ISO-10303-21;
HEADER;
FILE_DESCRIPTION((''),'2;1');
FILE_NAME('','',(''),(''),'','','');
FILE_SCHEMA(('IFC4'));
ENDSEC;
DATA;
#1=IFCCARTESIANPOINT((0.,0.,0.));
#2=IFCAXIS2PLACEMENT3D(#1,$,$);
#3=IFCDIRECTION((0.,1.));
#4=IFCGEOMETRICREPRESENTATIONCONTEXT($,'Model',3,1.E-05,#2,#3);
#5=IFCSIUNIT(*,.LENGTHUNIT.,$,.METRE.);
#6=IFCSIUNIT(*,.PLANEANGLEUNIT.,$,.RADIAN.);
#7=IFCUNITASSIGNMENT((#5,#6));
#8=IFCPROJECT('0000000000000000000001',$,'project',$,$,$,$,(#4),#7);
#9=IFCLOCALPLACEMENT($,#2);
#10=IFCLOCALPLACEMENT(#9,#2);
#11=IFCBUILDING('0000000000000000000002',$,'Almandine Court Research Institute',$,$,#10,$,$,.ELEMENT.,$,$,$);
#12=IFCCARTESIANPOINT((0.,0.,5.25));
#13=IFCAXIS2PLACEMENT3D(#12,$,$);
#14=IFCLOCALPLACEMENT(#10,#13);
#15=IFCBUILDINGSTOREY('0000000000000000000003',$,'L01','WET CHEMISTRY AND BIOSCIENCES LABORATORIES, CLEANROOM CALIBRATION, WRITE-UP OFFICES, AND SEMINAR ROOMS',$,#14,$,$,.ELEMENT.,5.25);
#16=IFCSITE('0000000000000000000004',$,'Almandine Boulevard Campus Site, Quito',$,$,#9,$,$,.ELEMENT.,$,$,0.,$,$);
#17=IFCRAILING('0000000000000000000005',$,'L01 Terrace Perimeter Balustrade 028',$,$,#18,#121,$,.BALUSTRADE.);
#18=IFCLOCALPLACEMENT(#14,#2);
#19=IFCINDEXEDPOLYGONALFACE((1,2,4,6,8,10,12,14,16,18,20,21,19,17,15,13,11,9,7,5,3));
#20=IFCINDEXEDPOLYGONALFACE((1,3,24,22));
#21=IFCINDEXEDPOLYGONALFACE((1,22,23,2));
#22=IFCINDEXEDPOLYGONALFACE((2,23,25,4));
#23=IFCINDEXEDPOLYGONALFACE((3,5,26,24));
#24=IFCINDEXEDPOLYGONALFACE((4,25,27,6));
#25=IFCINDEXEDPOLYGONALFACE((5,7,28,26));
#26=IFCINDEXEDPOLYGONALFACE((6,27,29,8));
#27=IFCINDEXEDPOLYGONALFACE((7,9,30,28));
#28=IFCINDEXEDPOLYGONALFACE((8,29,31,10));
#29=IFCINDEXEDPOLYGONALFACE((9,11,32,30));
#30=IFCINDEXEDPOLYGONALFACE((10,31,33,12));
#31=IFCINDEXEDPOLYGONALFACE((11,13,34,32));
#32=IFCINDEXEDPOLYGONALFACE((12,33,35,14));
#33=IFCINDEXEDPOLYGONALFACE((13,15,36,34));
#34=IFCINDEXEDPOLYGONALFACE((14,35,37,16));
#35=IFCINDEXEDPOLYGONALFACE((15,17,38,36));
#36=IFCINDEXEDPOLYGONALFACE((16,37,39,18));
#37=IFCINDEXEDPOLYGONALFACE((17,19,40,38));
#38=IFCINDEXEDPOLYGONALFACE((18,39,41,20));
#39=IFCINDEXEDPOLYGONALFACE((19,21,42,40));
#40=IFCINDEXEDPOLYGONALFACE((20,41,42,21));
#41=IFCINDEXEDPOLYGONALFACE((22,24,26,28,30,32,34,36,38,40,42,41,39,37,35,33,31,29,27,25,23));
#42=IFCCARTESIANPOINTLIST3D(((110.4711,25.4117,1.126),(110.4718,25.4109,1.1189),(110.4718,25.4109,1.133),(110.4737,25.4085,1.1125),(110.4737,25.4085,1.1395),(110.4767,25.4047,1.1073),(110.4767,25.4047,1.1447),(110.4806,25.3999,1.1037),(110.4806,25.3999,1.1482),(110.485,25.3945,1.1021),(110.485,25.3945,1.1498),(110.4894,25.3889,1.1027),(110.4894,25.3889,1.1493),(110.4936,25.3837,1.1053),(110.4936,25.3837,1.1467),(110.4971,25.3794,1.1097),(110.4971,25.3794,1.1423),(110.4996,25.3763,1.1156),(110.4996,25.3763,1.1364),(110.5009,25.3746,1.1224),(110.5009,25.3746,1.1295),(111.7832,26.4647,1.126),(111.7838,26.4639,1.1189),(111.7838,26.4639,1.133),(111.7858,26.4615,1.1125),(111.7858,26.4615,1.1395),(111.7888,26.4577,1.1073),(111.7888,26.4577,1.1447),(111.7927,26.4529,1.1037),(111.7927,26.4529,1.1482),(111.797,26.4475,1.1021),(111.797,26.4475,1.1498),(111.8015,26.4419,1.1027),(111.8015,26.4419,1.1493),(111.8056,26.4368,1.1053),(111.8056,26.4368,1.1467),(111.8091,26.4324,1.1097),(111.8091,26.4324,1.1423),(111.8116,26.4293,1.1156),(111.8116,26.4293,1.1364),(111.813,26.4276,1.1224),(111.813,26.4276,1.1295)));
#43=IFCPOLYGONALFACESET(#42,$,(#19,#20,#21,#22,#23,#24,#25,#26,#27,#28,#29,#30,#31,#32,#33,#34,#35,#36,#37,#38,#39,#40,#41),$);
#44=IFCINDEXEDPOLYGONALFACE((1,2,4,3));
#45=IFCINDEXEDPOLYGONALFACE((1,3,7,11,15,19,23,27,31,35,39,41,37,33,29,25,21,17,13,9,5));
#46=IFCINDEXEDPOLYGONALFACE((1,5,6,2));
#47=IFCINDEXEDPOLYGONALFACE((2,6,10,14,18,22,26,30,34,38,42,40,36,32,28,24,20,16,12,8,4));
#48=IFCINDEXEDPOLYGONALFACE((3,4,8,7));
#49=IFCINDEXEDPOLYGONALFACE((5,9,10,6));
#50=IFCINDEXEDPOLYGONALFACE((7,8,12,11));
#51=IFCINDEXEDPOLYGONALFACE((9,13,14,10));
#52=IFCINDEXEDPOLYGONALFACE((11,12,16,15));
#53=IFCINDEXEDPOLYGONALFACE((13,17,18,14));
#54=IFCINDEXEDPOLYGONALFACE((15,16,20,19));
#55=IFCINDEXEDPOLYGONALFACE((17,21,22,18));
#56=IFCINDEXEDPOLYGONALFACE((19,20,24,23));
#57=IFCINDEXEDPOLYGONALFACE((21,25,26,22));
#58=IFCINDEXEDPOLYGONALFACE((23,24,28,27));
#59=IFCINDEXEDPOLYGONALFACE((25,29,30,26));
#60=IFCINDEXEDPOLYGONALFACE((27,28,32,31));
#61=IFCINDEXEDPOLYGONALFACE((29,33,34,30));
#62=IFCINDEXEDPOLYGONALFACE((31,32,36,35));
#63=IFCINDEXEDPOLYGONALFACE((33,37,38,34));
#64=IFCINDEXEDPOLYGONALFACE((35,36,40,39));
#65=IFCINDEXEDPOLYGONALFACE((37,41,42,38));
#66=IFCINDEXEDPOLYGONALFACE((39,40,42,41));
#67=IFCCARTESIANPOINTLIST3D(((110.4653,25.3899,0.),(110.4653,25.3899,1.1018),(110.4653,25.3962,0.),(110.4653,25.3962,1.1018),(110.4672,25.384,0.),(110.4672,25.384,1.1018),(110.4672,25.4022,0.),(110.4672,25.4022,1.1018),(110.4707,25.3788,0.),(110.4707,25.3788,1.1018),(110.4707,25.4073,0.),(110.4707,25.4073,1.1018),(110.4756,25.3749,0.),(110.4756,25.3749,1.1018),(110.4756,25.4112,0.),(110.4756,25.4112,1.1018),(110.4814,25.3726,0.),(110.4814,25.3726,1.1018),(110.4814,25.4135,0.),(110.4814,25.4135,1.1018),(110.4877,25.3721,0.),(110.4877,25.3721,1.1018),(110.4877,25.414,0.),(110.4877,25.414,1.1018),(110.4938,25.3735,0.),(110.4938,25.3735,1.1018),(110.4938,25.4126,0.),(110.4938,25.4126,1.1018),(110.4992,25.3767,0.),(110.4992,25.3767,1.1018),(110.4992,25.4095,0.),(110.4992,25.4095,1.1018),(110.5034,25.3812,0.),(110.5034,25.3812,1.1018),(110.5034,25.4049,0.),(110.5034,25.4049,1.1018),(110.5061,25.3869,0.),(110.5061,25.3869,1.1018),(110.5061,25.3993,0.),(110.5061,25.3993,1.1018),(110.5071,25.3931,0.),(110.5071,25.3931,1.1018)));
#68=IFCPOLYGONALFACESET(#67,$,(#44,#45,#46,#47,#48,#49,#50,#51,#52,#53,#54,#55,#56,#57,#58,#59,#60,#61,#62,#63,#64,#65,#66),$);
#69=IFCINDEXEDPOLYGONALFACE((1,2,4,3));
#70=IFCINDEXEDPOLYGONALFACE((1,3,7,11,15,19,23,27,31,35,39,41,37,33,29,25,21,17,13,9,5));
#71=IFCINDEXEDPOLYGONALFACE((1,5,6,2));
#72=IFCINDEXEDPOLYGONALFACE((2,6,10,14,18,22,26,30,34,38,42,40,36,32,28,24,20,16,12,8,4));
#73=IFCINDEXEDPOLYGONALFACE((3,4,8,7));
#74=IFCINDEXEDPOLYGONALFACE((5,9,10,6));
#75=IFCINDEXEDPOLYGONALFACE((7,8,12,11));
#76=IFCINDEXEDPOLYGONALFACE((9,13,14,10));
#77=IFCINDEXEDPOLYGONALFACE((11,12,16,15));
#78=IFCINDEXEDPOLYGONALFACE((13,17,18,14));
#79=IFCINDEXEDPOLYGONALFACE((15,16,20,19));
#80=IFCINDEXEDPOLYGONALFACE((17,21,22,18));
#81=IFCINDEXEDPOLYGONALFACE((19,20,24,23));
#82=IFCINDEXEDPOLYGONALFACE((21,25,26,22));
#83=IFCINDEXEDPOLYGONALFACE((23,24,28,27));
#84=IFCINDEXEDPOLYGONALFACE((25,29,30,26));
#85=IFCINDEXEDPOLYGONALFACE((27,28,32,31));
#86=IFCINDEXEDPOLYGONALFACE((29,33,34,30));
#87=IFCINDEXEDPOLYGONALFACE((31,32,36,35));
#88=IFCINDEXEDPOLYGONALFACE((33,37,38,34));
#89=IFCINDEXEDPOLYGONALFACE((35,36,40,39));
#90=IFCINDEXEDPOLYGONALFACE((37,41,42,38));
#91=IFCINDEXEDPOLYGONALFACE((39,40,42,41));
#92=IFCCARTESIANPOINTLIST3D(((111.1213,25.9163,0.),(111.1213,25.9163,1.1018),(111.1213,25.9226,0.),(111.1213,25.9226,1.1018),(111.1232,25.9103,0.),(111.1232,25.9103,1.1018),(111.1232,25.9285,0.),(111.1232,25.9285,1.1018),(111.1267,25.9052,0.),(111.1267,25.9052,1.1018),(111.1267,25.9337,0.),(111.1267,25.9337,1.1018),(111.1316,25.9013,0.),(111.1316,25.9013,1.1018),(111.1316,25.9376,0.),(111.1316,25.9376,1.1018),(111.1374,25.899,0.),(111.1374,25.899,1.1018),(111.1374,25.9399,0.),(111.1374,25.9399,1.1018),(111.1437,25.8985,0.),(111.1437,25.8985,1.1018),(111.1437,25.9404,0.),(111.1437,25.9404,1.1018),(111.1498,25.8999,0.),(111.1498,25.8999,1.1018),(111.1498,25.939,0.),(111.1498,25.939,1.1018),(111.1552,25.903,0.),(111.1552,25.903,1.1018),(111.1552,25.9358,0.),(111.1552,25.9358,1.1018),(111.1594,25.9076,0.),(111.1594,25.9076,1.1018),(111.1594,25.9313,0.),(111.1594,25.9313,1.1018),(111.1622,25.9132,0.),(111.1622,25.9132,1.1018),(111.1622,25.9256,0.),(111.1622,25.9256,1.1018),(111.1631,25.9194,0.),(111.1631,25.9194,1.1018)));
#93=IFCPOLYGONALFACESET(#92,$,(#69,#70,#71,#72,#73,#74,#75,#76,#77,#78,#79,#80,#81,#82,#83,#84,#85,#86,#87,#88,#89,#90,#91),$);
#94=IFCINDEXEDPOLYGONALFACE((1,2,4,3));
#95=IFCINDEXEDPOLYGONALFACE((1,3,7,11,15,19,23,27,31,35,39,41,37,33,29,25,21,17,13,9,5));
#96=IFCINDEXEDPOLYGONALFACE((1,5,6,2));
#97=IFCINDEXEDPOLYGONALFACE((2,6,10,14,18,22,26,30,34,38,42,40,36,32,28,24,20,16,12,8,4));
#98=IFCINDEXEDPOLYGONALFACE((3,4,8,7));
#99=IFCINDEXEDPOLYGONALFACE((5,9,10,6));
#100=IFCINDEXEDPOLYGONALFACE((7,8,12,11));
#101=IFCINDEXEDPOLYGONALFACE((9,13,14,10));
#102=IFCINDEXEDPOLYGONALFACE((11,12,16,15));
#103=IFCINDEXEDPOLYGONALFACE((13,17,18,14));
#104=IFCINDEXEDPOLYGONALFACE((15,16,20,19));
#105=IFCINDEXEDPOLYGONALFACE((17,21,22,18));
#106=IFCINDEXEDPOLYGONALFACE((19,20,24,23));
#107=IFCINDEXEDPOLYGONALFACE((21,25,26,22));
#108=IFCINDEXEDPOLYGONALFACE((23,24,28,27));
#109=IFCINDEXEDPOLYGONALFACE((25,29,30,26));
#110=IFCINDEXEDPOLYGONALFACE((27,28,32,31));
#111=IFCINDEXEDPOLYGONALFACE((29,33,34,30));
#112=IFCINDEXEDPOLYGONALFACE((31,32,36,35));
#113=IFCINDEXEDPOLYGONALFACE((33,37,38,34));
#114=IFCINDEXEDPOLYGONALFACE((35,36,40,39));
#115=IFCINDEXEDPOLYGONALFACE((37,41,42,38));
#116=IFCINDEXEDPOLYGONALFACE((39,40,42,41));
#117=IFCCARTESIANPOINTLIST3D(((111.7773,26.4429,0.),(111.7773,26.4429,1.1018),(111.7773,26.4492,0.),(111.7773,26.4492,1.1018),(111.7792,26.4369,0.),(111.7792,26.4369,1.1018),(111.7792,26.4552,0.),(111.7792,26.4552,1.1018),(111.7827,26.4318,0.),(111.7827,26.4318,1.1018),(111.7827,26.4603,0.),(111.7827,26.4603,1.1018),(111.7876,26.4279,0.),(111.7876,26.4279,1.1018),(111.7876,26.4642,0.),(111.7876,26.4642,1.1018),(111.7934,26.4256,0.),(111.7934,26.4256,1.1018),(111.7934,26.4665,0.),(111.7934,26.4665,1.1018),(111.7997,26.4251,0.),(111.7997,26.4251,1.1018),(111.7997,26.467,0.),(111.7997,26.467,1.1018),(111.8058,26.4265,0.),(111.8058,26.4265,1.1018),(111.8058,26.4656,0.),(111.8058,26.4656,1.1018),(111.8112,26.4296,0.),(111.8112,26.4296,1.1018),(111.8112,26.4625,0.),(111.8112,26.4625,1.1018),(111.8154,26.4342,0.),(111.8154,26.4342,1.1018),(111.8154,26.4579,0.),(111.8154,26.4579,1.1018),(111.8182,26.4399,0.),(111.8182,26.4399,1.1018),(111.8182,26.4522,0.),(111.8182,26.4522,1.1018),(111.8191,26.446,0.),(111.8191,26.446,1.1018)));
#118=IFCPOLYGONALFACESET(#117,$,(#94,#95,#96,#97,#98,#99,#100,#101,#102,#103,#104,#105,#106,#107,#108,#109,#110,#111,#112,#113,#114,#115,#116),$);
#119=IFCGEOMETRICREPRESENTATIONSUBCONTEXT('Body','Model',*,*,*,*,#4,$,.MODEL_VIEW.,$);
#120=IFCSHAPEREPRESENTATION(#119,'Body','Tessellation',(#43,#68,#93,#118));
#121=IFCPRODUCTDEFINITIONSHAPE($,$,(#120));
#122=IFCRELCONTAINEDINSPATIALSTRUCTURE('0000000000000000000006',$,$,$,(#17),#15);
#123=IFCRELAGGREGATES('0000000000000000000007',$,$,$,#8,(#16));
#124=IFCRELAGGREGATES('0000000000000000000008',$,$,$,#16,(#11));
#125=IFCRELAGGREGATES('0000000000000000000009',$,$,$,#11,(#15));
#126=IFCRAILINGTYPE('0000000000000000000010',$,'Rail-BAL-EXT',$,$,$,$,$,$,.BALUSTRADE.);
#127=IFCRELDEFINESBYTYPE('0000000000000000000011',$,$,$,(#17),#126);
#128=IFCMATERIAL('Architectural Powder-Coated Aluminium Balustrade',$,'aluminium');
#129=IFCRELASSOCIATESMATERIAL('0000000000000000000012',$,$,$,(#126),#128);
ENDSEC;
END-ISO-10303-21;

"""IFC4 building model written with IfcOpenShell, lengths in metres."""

from ifc_helpers import new_model, si_unit, direction, frame, origin, origin_2d, place, context, subcontext, project, spatial, circle, extrude, material, type_object, element, save


model = new_model("IFC4")

# Units and contexts
model_context = context("Model", 3, precision=1e-05, world=origin(), true_north=direction((0.0, 1.0)))
body_context = subcontext(model_context, "Body", "Model", "MODEL_VIEW")
ifc_project = project(units=[si_unit("LENGTHUNIT", "METRE"), si_unit("PLANEANGLEUNIT", "RADIAN")], contexts=[model_context])

# Site, building, storey
site_placement = place(None, origin())
site = spatial("IfcSite", under=ifc_project, at=site_placement, Name="Almandine Boulevard Campus Site, Quito", CompositionType="ELEMENT", RefElevation=0.0)
building_placement = place(site_placement, origin())
building = spatial("IfcBuilding", under=site, at=building_placement, Name="Almandine Court Research Institute", CompositionType="ELEMENT")
storey_placement = place(building_placement, frame((0.0, 0.0, 5.25)))
storey = spatial("IfcBuildingStorey", under=building, at=storey_placement, Name="L01", Description="WET CHEMISTRY AND BIOSCIENCES LABORATORIES, CLEANROOM CALIBRATION, WRITE-UP OFFICES, AND SEMINAR ROOMS", CompositionType="ELEMENT", Elevation=5.25)

# Railing
ifc_material_1 = material(Name="Architectural Powder-Coated Aluminium Balustrade", Category="aluminium")
railing_type = type_object("IfcRailingType", Name="Rail-BAL-EXT", PredefinedType="BALUSTRADE", material=ifc_material_1)
railing_1_placement = place(storey_placement, frame((110.4861, 25.3931, 0.0)))
element("IfcRailing", 1, at=railing_1_placement, inside=storey, type_object=railing_type, Name="L01 Terrace Perimeter Balustrade 028", PredefinedType="BALUSTRADE", context=body_context, shape_type="SweptSolid", body=[
    extrude(circle(Radius=0.0239, at=origin_2d()), frame((0.0, 0.0, 1.126), z_axis=(0.779891, 0.625915, 0.0), x_axis=(-0.625915, 0.779891, 0.0)), (0.0, 0.0, 1.0), 1.6824),
    extrude(circle(Radius=0.021, at=origin_2d()), origin(), (0.0, 0.0, 1.0), 1.1018),
    extrude(circle(Radius=0.021, at=origin_2d()), frame((0.656, 0.5264, 0.0)), (0.0, 0.0, 1.0), 1.1018),
    extrude(circle(Radius=0.021, at=origin_2d()), frame((1.312, 1.053, 0.0)), (0.0, 0.0, 1.0), 1.1018),
])

save(model, "model.ifc")
